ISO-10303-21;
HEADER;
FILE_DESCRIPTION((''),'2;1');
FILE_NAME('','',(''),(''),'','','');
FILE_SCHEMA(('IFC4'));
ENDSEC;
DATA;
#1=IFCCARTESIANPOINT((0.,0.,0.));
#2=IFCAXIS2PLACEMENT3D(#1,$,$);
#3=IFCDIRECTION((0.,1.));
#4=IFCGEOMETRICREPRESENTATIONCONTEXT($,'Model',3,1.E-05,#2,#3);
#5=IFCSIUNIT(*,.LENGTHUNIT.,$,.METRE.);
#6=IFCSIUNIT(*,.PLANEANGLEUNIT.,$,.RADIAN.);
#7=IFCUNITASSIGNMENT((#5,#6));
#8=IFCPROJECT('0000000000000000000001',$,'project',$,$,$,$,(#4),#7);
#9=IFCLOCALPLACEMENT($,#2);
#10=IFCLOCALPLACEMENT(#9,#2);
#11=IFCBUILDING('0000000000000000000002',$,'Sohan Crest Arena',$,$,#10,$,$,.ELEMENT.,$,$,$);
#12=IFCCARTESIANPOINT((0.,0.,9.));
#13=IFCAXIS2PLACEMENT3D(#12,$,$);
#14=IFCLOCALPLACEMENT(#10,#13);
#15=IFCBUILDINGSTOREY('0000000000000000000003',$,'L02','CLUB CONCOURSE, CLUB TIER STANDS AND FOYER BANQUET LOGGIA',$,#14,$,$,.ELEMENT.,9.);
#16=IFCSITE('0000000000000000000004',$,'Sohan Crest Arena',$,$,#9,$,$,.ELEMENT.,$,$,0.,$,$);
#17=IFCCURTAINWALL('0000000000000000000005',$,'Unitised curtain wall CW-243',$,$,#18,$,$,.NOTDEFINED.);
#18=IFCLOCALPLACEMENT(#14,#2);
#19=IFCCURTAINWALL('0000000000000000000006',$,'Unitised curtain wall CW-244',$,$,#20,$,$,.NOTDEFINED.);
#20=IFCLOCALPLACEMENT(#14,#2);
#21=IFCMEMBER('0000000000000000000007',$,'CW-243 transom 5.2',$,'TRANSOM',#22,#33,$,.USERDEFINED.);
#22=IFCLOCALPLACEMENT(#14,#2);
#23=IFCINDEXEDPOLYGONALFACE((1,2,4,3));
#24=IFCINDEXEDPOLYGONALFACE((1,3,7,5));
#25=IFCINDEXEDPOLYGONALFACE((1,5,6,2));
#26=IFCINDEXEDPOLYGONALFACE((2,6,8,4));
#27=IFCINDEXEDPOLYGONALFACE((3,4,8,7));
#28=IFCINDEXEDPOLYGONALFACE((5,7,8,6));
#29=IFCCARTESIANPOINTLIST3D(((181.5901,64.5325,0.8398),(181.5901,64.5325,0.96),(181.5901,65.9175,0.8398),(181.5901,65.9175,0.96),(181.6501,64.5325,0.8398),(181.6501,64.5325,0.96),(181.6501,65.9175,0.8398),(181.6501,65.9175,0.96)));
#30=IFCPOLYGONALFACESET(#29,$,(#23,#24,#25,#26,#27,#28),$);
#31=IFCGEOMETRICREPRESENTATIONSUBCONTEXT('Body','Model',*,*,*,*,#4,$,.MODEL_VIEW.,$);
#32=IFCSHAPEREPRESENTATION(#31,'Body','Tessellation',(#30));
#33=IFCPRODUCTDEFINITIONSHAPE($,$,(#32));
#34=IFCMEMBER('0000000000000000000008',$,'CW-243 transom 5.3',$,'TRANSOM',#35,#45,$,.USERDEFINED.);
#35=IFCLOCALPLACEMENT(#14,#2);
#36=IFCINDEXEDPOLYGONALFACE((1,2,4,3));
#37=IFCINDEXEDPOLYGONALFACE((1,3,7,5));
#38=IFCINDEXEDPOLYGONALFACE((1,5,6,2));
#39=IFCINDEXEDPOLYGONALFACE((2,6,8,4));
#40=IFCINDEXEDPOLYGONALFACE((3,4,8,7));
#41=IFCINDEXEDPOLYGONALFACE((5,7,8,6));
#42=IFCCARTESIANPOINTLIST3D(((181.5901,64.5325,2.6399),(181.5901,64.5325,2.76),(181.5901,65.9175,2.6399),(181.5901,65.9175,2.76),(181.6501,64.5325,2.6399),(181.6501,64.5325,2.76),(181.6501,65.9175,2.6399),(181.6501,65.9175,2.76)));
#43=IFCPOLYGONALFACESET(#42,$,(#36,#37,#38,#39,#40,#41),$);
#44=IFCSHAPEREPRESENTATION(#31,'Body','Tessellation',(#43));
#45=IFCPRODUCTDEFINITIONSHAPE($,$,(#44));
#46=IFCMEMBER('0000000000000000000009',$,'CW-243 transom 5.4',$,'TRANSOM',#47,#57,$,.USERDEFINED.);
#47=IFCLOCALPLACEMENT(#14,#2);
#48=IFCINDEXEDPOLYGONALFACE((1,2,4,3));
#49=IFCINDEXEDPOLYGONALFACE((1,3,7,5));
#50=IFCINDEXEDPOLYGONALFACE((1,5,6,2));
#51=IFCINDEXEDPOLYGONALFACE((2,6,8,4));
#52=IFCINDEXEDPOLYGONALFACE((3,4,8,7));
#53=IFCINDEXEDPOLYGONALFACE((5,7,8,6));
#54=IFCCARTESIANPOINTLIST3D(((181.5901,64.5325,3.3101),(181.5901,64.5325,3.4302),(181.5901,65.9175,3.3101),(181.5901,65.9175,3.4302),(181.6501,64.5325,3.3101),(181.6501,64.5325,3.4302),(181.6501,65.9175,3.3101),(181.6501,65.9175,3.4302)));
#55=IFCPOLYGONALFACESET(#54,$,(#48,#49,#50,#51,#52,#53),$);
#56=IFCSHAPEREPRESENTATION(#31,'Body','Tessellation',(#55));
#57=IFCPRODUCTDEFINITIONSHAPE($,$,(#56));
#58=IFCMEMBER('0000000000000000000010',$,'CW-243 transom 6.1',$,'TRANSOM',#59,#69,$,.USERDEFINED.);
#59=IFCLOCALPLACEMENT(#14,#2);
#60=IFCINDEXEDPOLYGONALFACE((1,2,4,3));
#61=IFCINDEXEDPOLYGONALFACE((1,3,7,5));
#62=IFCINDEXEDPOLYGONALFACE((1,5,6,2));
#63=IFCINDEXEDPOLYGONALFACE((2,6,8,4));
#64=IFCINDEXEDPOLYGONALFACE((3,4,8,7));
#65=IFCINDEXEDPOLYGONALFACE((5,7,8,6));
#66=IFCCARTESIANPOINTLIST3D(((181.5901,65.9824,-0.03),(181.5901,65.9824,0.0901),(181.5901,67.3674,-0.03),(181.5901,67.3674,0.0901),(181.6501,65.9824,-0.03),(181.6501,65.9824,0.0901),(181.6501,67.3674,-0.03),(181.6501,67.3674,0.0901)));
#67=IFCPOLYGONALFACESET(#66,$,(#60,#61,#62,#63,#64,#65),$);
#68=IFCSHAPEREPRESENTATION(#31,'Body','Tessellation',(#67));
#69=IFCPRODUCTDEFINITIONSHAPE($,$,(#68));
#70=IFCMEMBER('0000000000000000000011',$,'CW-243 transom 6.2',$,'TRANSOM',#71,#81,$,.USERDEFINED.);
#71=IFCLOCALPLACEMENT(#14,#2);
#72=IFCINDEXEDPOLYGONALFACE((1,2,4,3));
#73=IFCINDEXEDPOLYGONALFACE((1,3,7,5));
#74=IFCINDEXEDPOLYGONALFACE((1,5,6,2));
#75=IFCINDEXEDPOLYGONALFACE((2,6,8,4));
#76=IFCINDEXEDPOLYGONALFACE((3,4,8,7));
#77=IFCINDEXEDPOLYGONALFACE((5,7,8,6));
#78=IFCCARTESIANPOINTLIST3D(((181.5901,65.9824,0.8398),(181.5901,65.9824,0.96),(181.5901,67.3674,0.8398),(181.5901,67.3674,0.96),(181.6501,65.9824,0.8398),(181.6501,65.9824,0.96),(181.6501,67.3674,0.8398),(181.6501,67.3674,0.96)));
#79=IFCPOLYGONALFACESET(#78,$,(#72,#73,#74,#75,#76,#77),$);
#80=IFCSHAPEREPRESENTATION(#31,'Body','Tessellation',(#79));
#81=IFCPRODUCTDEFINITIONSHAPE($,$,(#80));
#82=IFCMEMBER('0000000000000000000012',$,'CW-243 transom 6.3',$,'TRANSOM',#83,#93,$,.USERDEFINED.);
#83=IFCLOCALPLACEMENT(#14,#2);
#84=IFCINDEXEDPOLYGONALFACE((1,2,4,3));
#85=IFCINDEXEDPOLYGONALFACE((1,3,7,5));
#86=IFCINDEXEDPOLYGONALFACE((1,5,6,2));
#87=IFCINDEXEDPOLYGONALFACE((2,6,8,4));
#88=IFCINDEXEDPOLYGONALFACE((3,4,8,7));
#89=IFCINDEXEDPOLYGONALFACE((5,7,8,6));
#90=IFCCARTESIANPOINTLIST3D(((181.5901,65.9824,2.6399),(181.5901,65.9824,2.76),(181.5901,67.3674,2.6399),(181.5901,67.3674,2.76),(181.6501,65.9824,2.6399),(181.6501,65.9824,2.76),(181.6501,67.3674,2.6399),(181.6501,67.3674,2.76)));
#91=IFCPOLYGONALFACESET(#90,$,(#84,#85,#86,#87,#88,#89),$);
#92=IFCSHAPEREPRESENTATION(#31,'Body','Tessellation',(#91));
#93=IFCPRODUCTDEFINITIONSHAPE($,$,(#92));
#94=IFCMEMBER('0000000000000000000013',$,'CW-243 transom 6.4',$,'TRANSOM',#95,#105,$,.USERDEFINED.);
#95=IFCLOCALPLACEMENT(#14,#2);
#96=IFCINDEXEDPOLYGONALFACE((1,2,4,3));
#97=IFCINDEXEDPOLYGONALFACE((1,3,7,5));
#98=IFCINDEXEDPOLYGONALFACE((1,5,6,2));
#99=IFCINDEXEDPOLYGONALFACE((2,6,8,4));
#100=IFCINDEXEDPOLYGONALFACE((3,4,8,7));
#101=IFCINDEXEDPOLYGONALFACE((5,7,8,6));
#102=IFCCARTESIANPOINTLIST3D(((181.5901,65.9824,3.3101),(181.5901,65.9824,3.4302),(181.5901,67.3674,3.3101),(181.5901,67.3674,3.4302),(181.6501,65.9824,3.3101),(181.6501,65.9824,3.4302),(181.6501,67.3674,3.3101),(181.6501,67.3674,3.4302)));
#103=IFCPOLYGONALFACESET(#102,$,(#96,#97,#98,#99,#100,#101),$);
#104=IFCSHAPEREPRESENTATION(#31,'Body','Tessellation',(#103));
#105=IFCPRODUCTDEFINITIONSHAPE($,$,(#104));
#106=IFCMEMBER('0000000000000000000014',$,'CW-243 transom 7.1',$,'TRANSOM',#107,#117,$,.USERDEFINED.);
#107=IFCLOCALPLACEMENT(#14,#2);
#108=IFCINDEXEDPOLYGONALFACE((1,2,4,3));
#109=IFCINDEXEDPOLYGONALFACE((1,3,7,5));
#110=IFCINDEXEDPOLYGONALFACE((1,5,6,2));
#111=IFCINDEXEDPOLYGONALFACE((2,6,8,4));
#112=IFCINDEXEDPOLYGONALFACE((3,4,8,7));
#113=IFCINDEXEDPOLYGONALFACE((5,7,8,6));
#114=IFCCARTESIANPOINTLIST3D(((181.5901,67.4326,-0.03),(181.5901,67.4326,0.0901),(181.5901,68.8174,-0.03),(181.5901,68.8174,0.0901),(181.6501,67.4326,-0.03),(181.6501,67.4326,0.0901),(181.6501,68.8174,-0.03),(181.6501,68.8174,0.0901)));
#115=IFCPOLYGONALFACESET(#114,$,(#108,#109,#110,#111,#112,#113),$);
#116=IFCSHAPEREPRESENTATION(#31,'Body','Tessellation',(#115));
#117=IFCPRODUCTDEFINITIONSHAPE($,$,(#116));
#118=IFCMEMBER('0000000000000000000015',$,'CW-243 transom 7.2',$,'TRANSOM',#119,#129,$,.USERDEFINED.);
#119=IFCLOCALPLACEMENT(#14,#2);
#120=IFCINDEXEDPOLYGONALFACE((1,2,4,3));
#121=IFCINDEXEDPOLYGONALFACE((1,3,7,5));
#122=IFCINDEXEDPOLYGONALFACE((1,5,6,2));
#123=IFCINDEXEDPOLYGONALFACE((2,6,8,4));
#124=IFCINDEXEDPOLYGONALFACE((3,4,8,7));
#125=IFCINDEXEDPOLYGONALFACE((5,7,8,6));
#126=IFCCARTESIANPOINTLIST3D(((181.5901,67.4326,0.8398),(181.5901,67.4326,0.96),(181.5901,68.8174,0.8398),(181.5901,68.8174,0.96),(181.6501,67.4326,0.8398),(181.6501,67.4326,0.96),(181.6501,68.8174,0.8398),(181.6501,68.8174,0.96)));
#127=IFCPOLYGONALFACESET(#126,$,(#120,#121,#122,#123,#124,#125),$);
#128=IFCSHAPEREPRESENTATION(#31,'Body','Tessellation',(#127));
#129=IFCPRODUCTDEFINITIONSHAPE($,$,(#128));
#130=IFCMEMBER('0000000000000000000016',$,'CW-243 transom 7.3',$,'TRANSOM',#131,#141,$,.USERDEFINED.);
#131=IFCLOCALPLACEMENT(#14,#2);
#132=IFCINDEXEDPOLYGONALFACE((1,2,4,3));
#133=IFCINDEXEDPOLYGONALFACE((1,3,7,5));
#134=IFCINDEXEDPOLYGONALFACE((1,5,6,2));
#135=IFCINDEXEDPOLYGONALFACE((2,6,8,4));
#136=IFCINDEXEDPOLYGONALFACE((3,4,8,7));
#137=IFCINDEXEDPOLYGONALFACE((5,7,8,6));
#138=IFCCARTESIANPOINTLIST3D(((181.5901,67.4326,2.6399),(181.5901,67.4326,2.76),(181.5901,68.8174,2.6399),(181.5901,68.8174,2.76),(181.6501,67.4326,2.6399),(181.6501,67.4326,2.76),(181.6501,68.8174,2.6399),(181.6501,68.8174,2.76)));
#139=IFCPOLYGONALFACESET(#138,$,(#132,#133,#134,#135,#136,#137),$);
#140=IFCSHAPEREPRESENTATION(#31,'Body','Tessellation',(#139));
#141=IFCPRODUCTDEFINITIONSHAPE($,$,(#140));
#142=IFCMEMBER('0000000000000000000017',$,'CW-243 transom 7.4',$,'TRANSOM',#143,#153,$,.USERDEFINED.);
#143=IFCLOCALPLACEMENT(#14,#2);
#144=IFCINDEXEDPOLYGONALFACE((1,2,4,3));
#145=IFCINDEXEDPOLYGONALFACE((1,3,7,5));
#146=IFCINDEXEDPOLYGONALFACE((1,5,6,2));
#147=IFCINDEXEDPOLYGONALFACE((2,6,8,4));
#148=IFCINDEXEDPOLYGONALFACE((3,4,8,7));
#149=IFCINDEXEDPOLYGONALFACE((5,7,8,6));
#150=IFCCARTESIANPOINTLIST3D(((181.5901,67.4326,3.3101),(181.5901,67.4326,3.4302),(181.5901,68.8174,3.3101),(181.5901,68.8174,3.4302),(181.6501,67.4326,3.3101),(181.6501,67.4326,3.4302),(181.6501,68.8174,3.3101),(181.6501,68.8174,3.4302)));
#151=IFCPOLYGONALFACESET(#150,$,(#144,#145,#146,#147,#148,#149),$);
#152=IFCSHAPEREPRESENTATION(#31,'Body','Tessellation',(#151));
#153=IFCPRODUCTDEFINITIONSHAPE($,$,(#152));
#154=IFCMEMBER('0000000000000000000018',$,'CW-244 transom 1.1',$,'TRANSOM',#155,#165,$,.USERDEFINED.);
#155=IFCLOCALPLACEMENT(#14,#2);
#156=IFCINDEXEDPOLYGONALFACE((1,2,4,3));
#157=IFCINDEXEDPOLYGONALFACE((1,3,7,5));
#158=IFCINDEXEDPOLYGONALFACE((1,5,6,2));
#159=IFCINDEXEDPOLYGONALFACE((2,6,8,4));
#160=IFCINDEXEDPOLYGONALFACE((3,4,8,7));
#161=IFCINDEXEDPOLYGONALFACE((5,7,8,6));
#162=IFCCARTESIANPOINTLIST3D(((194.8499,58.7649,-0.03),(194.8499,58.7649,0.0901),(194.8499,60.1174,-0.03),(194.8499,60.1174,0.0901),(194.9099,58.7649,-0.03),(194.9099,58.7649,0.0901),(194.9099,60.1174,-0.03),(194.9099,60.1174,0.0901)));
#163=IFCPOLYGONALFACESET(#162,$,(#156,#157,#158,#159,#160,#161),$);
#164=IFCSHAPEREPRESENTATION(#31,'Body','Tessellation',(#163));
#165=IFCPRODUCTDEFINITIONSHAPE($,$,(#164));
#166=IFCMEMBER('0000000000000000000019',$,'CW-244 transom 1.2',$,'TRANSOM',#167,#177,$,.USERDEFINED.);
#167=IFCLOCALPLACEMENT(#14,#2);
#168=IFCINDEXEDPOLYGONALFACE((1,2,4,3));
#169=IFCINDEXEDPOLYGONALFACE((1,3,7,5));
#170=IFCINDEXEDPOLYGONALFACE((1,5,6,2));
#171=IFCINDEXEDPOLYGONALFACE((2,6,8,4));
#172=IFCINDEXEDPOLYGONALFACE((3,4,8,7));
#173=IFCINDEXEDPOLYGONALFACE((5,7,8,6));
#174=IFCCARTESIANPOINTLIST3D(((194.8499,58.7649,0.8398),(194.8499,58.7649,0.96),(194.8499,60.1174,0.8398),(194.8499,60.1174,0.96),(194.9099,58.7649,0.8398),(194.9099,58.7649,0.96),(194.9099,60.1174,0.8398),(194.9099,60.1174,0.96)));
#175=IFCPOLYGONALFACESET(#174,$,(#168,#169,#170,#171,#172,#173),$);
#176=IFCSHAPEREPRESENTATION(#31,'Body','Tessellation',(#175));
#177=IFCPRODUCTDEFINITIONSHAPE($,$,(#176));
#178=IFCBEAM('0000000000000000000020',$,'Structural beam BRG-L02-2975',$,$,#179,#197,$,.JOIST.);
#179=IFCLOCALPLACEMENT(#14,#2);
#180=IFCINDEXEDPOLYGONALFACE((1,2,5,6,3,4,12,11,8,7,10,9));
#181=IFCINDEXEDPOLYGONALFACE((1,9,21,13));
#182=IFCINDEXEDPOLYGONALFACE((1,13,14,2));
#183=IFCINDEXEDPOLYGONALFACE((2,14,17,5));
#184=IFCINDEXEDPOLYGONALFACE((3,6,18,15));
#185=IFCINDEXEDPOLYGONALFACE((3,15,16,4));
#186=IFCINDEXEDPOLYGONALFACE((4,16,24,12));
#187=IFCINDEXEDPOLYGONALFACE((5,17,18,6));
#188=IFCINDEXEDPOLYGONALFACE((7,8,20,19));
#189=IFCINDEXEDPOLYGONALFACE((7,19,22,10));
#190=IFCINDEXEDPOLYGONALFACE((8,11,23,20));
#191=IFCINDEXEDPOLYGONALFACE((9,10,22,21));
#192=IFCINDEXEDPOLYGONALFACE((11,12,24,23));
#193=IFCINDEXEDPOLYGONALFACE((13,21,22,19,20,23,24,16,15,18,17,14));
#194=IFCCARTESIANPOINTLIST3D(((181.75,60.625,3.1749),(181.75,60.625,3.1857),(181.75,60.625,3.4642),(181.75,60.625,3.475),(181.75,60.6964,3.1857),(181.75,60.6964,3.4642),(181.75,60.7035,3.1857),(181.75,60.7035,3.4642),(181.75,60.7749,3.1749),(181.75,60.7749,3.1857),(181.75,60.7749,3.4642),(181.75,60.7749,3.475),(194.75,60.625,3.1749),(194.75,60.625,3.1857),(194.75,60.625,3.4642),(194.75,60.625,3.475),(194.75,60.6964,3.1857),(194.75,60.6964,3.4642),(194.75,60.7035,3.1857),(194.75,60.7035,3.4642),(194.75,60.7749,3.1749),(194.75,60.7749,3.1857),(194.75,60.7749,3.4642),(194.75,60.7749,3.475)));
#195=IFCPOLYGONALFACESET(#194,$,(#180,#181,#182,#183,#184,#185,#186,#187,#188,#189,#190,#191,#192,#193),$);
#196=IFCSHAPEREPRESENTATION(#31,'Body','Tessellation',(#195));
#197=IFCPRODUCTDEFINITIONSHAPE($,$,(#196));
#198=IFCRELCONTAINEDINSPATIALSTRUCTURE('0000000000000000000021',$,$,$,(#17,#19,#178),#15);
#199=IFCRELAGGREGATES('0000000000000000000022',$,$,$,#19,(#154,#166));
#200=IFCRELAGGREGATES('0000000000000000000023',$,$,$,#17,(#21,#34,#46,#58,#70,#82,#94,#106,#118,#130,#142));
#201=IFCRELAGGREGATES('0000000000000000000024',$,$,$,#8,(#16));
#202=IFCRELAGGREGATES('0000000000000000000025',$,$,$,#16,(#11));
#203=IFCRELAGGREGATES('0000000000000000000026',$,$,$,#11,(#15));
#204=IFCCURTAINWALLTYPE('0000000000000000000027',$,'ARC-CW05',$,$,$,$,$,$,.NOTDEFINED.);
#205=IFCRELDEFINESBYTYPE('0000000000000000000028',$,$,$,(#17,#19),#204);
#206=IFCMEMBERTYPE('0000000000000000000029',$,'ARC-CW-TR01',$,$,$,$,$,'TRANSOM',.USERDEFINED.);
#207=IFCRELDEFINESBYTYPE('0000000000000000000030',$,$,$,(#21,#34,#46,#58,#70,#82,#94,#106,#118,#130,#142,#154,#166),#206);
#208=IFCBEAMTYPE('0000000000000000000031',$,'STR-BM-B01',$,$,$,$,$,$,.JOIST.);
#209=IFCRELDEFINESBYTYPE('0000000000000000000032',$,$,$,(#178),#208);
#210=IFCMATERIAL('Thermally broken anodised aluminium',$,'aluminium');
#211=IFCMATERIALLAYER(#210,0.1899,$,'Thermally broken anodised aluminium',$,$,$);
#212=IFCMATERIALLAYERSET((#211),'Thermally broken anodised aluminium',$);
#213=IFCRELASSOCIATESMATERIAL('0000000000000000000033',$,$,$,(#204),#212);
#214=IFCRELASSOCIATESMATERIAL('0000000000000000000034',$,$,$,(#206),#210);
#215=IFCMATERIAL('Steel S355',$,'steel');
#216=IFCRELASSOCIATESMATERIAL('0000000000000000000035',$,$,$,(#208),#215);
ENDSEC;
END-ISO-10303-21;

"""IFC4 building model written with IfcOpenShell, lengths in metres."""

from ifc_helpers import new_model, si_unit, direction, frame, origin, origin_2d, place, context, subcontext, project, spatial, rectangle, i_section, extrude, material, layer, layer_set, material_profile, profile_set, type_object, element, aggregate, save


model = new_model("IFC4")

# Units and contexts
model_context = context("Model", 3, precision=1e-05, world=origin(), true_north=direction((0.0, 1.0)))
body_context = subcontext(model_context, "Body", "Model", "MODEL_VIEW")
ifc_project = project(units=[si_unit("LENGTHUNIT", "METRE"), si_unit("PLANEANGLEUNIT", "RADIAN")], contexts=[model_context])

# Site, building, storey
site_placement = place(None, origin())
site = spatial("IfcSite", under=ifc_project, at=site_placement, Name="Sohan Crest Arena", CompositionType="ELEMENT", RefElevation=0.0)
building_placement = place(site_placement, origin())
building = spatial("IfcBuilding", under=site, at=building_placement, Name="Sohan Crest Arena", CompositionType="ELEMENT")
storey_placement = place(building_placement, frame((0.0, 0.0, 9.0)))
storey = spatial("IfcBuildingStorey", under=building, at=storey_placement, Name="L02", Description="CLUB CONCOURSE, CLUB TIER STANDS AND FOYER BANQUET LOGGIA", CompositionType="ELEMENT", Elevation=9.0)

# Shared definitions
ifc_material_1 = material(Name="Steel S355", Category="steel")

# Curtain wall
ifc_material_2 = material(Name="Thermally broken anodised aluminium", Category="aluminium")
ifc_layer_1 = layer(ifc_material_2, 0.1899, Name="Thermally broken anodised aluminium")
ifc_layer_set_1 = layer_set([ifc_layer_1], Name="Thermally broken anodised aluminium")
curtain_wall_type = type_object("IfcCurtainWallType", Name="ARC-CW05", PredefinedType="NOTDEFINED", material=ifc_layer_set_1)
curtain_wall_1_placement = place(storey_placement, origin())
curtain_wall_1 = element("IfcCurtainWall", 1, at=curtain_wall_1_placement, inside=storey, type_object=curtain_wall_type, Name="Unitised curtain wall CW-243", PredefinedType="NOTDEFINED")

# Curtain wall
curtain_wall_2_placement = place(storey_placement, origin())
curtain_wall_2 = element("IfcCurtainWall", 2, at=curtain_wall_2_placement, inside=storey, type_object=curtain_wall_type, Name="Unitised curtain wall CW-244", PredefinedType="NOTDEFINED")

# Members
ifc_material_profile_1 = material_profile(ifc_material_2, rectangle(XDim=0.0601, YDim=0.1201, at=origin_2d()), Name="ALU-TRAN 60x120")
ifc_profile_set_1 = profile_set([ifc_material_profile_1], Name="Thermally broken anodised aluminium")
member_type_1 = type_object("IfcMemberType", Name="ARC-CW-TR01", ElementType="TRANSOM", PredefinedType="USERDEFINED", material=ifc_profile_set_1)
member_1_placement = place(storey_placement, frame((181.6201, 64.5325, 0.8999), z_axis=(0.0, 1.0, 0.0), x_axis=(-1.0, 0.0, 0.0)))
member_1 = element("IfcMember", 3, at=member_1_placement, type_object=member_type_1, Name="CW-243 transom 5.2", ObjectType="TRANSOM", PredefinedType="USERDEFINED", context=body_context, shape_type="SweptSolid", body=[
    extrude(rectangle(XDim=0.0601, YDim=0.1201, at=origin_2d()), origin(), (0.0, 0.0, 1.0), 1.385),
])
member_2_placement = place(storey_placement, frame((181.6201, 64.5325, 2.7), z_axis=(0.0, 1.0, 0.0), x_axis=(-1.0, 0.0, 0.0)))
member_2 = element("IfcMember", 4, at=member_2_placement, type_object=member_type_1, Name="CW-243 transom 5.3", ObjectType="TRANSOM", PredefinedType="USERDEFINED", context=body_context, shape_type="SweptSolid", body=[
    extrude(rectangle(XDim=0.0601, YDim=0.1201, at=origin_2d()), origin(), (0.0, 0.0, 1.0), 1.385),
])
member_3_placement = place(storey_placement, frame((181.6201, 64.5325, 3.3701), z_axis=(0.0, 1.0, 0.0), x_axis=(-1.0, 0.0, 0.0)))
member_3 = element("IfcMember", 5, at=member_3_placement, type_object=member_type_1, Name="CW-243 transom 5.4", ObjectType="TRANSOM", PredefinedType="USERDEFINED", context=body_context, shape_type="SweptSolid", body=[
    extrude(rectangle(XDim=0.0601, YDim=0.1201, at=origin_2d()), origin(), (0.0, 0.0, 1.0), 1.385),
])
member_4_placement = place(storey_placement, frame((181.6201, 65.9824, 0.03), z_axis=(0.0, 1.0, 0.0), x_axis=(-1.0, 0.0, 0.0)))
member_4 = element("IfcMember", 6, at=member_4_placement, type_object=member_type_1, Name="CW-243 transom 6.1", ObjectType="TRANSOM", PredefinedType="USERDEFINED", context=body_context, shape_type="SweptSolid", body=[
    extrude(rectangle(XDim=0.0601, YDim=0.1201, at=origin_2d()), origin(), (0.0, 0.0, 1.0), 1.385),
])
member_5_placement = place(storey_placement, frame((181.6201, 65.9824, 0.8999), z_axis=(0.0, 1.0, 0.0), x_axis=(-1.0, 0.0, 0.0)))
member_5 = element("IfcMember", 7, at=member_5_placement, type_object=member_type_1, Name="CW-243 transom 6.2", ObjectType="TRANSOM", PredefinedType="USERDEFINED", context=body_context, shape_type="SweptSolid", body=[
    extrude(rectangle(XDim=0.0601, YDim=0.1201, at=origin_2d()), origin(), (0.0, 0.0, 1.0), 1.385),
])
member_6_placement = place(storey_placement, frame((181.6201, 65.9824, 2.7), z_axis=(0.0, 1.0, 0.0), x_axis=(-1.0, 0.0, 0.0)))
member_6 = element("IfcMember", 8, at=member_6_placement, type_object=member_type_1, Name="CW-243 transom 6.3", ObjectType="TRANSOM", PredefinedType="USERDEFINED", context=body_context, shape_type="SweptSolid", body=[
    extrude(rectangle(XDim=0.0601, YDim=0.1201, at=origin_2d()), origin(), (0.0, 0.0, 1.0), 1.385),
])
member_7_placement = place(storey_placement, frame((181.6201, 65.9824, 3.3701), z_axis=(0.0, 1.0, 0.0), x_axis=(-1.0, 0.0, 0.0)))
member_7 = element("IfcMember", 9, at=member_7_placement, type_object=member_type_1, Name="CW-243 transom 6.4", ObjectType="TRANSOM", PredefinedType="USERDEFINED", context=body_context, shape_type="SweptSolid", body=[
    extrude(rectangle(XDim=0.0601, YDim=0.1201, at=origin_2d()), origin(), (0.0, 0.0, 1.0), 1.385),
])
member_8_placement = place(storey_placement, frame((181.6201, 67.4326, 0.03), z_axis=(0.0, 1.0, 0.0), x_axis=(-1.0, 0.0, 0.0)))
member_8 = element("IfcMember", 10, at=member_8_placement, type_object=member_type_1, Name="CW-243 transom 7.1", ObjectType="TRANSOM", PredefinedType="USERDEFINED", context=body_context, shape_type="SweptSolid", body=[
    extrude(rectangle(XDim=0.0601, YDim=0.1201, at=origin_2d()), origin(), (0.0, 0.0, 1.0), 1.3848),
])
member_9_placement = place(storey_placement, frame((181.6201, 67.4326, 0.8999), z_axis=(0.0, 1.0, 0.0), x_axis=(-1.0, 0.0, 0.0)))
member_9 = element("IfcMember", 11, at=member_9_placement, type_object=member_type_1, Name="CW-243 transom 7.2", ObjectType="TRANSOM", PredefinedType="USERDEFINED", context=body_context, shape_type="SweptSolid", body=[
    extrude(rectangle(XDim=0.0601, YDim=0.1201, at=origin_2d()), origin(), (0.0, 0.0, 1.0), 1.3848),
])
member_10_placement = place(storey_placement, frame((181.6201, 67.4326, 2.7), z_axis=(0.0, 1.0, 0.0), x_axis=(-1.0, 0.0, 0.0)))
member_10 = element("IfcMember", 12, at=member_10_placement, type_object=member_type_1, Name="CW-243 transom 7.3", ObjectType="TRANSOM", PredefinedType="USERDEFINED", context=body_context, shape_type="SweptSolid", body=[
    extrude(rectangle(XDim=0.0601, YDim=0.1201, at=origin_2d()), origin(), (0.0, 0.0, 1.0), 1.3848),
])
member_11_placement = place(storey_placement, frame((181.6201, 67.4326, 3.3701), z_axis=(0.0, 1.0, 0.0), x_axis=(-1.0, 0.0, 0.0)))
member_11 = element("IfcMember", 13, at=member_11_placement, type_object=member_type_1, Name="CW-243 transom 7.4", ObjectType="TRANSOM", PredefinedType="USERDEFINED", context=body_context, shape_type="SweptSolid", body=[
    extrude(rectangle(XDim=0.0601, YDim=0.1201, at=origin_2d()), origin(), (0.0, 0.0, 1.0), 1.3848),
])
member_12_placement = place(storey_placement, frame((194.8799, 58.7649, 0.03), z_axis=(0.0, 1.0, 0.0), x_axis=(-1.0, 0.0, 0.0)))
member_12 = element("IfcMember", 14, at=member_12_placement, type_object=member_type_1, Name="CW-244 transom 1.1", ObjectType="TRANSOM", PredefinedType="USERDEFINED", context=body_context, shape_type="SweptSolid", body=[
    extrude(rectangle(XDim=0.0601, YDim=0.1201, at=origin_2d()), origin(), (0.0, 0.0, 1.0), 1.3525),
])
member_13_placement = place(storey_placement, frame((194.8799, 58.7649, 0.8999), z_axis=(0.0, 1.0, 0.0), x_axis=(-1.0, 0.0, 0.0)))
member_13 = element("IfcMember", 15, at=member_13_placement, type_object=member_type_1, Name="CW-244 transom 1.2", ObjectType="TRANSOM", PredefinedType="USERDEFINED", context=body_context, shape_type="SweptSolid", body=[
    extrude(rectangle(XDim=0.0601, YDim=0.1201, at=origin_2d()), origin(), (0.0, 0.0, 1.0), 1.3525),
])
aggregate(curtain_wall_2, [member_12, member_13])

# Beam
ifc_material_profile_2 = material_profile(ifc_material_1, i_section(OverallWidth=0.1499, OverallDepth=0.3, WebThickness=0.0071, FlangeThickness=0.0107, at=origin_2d()), Name="IPE 300")
ifc_profile_set_2 = profile_set([ifc_material_profile_2], Name="Steel S355")
beam_type_1 = type_object("IfcBeamType", Name="STR-BM-B01", PredefinedType="JOIST", material=ifc_profile_set_2)
beam_1_placement = place(storey_placement, frame((181.75, 60.7, 3.325), z_axis=(1.0, 0.0, 0.0), x_axis=(0.0, 1.0, 0.0)))
element("IfcBeam", 16, at=beam_1_placement, inside=storey, type_object=beam_type_1, Name="Structural beam BRG-L02-2975", PredefinedType="JOIST", context=body_context, shape_type="SweptSolid", body=[
    extrude(i_section(OverallWidth=0.1499, OverallDepth=0.3, WebThickness=0.0071, FlangeThickness=0.0107, at=origin_2d()), origin(), (0.0, 0.0, 1.0), 13.0),
])

aggregate(curtain_wall_1, [member_1, member_2, member_3, member_4, member_5, member_6, member_7, member_8, member_9, member_10, member_11])

save(model, "model.ifc")
